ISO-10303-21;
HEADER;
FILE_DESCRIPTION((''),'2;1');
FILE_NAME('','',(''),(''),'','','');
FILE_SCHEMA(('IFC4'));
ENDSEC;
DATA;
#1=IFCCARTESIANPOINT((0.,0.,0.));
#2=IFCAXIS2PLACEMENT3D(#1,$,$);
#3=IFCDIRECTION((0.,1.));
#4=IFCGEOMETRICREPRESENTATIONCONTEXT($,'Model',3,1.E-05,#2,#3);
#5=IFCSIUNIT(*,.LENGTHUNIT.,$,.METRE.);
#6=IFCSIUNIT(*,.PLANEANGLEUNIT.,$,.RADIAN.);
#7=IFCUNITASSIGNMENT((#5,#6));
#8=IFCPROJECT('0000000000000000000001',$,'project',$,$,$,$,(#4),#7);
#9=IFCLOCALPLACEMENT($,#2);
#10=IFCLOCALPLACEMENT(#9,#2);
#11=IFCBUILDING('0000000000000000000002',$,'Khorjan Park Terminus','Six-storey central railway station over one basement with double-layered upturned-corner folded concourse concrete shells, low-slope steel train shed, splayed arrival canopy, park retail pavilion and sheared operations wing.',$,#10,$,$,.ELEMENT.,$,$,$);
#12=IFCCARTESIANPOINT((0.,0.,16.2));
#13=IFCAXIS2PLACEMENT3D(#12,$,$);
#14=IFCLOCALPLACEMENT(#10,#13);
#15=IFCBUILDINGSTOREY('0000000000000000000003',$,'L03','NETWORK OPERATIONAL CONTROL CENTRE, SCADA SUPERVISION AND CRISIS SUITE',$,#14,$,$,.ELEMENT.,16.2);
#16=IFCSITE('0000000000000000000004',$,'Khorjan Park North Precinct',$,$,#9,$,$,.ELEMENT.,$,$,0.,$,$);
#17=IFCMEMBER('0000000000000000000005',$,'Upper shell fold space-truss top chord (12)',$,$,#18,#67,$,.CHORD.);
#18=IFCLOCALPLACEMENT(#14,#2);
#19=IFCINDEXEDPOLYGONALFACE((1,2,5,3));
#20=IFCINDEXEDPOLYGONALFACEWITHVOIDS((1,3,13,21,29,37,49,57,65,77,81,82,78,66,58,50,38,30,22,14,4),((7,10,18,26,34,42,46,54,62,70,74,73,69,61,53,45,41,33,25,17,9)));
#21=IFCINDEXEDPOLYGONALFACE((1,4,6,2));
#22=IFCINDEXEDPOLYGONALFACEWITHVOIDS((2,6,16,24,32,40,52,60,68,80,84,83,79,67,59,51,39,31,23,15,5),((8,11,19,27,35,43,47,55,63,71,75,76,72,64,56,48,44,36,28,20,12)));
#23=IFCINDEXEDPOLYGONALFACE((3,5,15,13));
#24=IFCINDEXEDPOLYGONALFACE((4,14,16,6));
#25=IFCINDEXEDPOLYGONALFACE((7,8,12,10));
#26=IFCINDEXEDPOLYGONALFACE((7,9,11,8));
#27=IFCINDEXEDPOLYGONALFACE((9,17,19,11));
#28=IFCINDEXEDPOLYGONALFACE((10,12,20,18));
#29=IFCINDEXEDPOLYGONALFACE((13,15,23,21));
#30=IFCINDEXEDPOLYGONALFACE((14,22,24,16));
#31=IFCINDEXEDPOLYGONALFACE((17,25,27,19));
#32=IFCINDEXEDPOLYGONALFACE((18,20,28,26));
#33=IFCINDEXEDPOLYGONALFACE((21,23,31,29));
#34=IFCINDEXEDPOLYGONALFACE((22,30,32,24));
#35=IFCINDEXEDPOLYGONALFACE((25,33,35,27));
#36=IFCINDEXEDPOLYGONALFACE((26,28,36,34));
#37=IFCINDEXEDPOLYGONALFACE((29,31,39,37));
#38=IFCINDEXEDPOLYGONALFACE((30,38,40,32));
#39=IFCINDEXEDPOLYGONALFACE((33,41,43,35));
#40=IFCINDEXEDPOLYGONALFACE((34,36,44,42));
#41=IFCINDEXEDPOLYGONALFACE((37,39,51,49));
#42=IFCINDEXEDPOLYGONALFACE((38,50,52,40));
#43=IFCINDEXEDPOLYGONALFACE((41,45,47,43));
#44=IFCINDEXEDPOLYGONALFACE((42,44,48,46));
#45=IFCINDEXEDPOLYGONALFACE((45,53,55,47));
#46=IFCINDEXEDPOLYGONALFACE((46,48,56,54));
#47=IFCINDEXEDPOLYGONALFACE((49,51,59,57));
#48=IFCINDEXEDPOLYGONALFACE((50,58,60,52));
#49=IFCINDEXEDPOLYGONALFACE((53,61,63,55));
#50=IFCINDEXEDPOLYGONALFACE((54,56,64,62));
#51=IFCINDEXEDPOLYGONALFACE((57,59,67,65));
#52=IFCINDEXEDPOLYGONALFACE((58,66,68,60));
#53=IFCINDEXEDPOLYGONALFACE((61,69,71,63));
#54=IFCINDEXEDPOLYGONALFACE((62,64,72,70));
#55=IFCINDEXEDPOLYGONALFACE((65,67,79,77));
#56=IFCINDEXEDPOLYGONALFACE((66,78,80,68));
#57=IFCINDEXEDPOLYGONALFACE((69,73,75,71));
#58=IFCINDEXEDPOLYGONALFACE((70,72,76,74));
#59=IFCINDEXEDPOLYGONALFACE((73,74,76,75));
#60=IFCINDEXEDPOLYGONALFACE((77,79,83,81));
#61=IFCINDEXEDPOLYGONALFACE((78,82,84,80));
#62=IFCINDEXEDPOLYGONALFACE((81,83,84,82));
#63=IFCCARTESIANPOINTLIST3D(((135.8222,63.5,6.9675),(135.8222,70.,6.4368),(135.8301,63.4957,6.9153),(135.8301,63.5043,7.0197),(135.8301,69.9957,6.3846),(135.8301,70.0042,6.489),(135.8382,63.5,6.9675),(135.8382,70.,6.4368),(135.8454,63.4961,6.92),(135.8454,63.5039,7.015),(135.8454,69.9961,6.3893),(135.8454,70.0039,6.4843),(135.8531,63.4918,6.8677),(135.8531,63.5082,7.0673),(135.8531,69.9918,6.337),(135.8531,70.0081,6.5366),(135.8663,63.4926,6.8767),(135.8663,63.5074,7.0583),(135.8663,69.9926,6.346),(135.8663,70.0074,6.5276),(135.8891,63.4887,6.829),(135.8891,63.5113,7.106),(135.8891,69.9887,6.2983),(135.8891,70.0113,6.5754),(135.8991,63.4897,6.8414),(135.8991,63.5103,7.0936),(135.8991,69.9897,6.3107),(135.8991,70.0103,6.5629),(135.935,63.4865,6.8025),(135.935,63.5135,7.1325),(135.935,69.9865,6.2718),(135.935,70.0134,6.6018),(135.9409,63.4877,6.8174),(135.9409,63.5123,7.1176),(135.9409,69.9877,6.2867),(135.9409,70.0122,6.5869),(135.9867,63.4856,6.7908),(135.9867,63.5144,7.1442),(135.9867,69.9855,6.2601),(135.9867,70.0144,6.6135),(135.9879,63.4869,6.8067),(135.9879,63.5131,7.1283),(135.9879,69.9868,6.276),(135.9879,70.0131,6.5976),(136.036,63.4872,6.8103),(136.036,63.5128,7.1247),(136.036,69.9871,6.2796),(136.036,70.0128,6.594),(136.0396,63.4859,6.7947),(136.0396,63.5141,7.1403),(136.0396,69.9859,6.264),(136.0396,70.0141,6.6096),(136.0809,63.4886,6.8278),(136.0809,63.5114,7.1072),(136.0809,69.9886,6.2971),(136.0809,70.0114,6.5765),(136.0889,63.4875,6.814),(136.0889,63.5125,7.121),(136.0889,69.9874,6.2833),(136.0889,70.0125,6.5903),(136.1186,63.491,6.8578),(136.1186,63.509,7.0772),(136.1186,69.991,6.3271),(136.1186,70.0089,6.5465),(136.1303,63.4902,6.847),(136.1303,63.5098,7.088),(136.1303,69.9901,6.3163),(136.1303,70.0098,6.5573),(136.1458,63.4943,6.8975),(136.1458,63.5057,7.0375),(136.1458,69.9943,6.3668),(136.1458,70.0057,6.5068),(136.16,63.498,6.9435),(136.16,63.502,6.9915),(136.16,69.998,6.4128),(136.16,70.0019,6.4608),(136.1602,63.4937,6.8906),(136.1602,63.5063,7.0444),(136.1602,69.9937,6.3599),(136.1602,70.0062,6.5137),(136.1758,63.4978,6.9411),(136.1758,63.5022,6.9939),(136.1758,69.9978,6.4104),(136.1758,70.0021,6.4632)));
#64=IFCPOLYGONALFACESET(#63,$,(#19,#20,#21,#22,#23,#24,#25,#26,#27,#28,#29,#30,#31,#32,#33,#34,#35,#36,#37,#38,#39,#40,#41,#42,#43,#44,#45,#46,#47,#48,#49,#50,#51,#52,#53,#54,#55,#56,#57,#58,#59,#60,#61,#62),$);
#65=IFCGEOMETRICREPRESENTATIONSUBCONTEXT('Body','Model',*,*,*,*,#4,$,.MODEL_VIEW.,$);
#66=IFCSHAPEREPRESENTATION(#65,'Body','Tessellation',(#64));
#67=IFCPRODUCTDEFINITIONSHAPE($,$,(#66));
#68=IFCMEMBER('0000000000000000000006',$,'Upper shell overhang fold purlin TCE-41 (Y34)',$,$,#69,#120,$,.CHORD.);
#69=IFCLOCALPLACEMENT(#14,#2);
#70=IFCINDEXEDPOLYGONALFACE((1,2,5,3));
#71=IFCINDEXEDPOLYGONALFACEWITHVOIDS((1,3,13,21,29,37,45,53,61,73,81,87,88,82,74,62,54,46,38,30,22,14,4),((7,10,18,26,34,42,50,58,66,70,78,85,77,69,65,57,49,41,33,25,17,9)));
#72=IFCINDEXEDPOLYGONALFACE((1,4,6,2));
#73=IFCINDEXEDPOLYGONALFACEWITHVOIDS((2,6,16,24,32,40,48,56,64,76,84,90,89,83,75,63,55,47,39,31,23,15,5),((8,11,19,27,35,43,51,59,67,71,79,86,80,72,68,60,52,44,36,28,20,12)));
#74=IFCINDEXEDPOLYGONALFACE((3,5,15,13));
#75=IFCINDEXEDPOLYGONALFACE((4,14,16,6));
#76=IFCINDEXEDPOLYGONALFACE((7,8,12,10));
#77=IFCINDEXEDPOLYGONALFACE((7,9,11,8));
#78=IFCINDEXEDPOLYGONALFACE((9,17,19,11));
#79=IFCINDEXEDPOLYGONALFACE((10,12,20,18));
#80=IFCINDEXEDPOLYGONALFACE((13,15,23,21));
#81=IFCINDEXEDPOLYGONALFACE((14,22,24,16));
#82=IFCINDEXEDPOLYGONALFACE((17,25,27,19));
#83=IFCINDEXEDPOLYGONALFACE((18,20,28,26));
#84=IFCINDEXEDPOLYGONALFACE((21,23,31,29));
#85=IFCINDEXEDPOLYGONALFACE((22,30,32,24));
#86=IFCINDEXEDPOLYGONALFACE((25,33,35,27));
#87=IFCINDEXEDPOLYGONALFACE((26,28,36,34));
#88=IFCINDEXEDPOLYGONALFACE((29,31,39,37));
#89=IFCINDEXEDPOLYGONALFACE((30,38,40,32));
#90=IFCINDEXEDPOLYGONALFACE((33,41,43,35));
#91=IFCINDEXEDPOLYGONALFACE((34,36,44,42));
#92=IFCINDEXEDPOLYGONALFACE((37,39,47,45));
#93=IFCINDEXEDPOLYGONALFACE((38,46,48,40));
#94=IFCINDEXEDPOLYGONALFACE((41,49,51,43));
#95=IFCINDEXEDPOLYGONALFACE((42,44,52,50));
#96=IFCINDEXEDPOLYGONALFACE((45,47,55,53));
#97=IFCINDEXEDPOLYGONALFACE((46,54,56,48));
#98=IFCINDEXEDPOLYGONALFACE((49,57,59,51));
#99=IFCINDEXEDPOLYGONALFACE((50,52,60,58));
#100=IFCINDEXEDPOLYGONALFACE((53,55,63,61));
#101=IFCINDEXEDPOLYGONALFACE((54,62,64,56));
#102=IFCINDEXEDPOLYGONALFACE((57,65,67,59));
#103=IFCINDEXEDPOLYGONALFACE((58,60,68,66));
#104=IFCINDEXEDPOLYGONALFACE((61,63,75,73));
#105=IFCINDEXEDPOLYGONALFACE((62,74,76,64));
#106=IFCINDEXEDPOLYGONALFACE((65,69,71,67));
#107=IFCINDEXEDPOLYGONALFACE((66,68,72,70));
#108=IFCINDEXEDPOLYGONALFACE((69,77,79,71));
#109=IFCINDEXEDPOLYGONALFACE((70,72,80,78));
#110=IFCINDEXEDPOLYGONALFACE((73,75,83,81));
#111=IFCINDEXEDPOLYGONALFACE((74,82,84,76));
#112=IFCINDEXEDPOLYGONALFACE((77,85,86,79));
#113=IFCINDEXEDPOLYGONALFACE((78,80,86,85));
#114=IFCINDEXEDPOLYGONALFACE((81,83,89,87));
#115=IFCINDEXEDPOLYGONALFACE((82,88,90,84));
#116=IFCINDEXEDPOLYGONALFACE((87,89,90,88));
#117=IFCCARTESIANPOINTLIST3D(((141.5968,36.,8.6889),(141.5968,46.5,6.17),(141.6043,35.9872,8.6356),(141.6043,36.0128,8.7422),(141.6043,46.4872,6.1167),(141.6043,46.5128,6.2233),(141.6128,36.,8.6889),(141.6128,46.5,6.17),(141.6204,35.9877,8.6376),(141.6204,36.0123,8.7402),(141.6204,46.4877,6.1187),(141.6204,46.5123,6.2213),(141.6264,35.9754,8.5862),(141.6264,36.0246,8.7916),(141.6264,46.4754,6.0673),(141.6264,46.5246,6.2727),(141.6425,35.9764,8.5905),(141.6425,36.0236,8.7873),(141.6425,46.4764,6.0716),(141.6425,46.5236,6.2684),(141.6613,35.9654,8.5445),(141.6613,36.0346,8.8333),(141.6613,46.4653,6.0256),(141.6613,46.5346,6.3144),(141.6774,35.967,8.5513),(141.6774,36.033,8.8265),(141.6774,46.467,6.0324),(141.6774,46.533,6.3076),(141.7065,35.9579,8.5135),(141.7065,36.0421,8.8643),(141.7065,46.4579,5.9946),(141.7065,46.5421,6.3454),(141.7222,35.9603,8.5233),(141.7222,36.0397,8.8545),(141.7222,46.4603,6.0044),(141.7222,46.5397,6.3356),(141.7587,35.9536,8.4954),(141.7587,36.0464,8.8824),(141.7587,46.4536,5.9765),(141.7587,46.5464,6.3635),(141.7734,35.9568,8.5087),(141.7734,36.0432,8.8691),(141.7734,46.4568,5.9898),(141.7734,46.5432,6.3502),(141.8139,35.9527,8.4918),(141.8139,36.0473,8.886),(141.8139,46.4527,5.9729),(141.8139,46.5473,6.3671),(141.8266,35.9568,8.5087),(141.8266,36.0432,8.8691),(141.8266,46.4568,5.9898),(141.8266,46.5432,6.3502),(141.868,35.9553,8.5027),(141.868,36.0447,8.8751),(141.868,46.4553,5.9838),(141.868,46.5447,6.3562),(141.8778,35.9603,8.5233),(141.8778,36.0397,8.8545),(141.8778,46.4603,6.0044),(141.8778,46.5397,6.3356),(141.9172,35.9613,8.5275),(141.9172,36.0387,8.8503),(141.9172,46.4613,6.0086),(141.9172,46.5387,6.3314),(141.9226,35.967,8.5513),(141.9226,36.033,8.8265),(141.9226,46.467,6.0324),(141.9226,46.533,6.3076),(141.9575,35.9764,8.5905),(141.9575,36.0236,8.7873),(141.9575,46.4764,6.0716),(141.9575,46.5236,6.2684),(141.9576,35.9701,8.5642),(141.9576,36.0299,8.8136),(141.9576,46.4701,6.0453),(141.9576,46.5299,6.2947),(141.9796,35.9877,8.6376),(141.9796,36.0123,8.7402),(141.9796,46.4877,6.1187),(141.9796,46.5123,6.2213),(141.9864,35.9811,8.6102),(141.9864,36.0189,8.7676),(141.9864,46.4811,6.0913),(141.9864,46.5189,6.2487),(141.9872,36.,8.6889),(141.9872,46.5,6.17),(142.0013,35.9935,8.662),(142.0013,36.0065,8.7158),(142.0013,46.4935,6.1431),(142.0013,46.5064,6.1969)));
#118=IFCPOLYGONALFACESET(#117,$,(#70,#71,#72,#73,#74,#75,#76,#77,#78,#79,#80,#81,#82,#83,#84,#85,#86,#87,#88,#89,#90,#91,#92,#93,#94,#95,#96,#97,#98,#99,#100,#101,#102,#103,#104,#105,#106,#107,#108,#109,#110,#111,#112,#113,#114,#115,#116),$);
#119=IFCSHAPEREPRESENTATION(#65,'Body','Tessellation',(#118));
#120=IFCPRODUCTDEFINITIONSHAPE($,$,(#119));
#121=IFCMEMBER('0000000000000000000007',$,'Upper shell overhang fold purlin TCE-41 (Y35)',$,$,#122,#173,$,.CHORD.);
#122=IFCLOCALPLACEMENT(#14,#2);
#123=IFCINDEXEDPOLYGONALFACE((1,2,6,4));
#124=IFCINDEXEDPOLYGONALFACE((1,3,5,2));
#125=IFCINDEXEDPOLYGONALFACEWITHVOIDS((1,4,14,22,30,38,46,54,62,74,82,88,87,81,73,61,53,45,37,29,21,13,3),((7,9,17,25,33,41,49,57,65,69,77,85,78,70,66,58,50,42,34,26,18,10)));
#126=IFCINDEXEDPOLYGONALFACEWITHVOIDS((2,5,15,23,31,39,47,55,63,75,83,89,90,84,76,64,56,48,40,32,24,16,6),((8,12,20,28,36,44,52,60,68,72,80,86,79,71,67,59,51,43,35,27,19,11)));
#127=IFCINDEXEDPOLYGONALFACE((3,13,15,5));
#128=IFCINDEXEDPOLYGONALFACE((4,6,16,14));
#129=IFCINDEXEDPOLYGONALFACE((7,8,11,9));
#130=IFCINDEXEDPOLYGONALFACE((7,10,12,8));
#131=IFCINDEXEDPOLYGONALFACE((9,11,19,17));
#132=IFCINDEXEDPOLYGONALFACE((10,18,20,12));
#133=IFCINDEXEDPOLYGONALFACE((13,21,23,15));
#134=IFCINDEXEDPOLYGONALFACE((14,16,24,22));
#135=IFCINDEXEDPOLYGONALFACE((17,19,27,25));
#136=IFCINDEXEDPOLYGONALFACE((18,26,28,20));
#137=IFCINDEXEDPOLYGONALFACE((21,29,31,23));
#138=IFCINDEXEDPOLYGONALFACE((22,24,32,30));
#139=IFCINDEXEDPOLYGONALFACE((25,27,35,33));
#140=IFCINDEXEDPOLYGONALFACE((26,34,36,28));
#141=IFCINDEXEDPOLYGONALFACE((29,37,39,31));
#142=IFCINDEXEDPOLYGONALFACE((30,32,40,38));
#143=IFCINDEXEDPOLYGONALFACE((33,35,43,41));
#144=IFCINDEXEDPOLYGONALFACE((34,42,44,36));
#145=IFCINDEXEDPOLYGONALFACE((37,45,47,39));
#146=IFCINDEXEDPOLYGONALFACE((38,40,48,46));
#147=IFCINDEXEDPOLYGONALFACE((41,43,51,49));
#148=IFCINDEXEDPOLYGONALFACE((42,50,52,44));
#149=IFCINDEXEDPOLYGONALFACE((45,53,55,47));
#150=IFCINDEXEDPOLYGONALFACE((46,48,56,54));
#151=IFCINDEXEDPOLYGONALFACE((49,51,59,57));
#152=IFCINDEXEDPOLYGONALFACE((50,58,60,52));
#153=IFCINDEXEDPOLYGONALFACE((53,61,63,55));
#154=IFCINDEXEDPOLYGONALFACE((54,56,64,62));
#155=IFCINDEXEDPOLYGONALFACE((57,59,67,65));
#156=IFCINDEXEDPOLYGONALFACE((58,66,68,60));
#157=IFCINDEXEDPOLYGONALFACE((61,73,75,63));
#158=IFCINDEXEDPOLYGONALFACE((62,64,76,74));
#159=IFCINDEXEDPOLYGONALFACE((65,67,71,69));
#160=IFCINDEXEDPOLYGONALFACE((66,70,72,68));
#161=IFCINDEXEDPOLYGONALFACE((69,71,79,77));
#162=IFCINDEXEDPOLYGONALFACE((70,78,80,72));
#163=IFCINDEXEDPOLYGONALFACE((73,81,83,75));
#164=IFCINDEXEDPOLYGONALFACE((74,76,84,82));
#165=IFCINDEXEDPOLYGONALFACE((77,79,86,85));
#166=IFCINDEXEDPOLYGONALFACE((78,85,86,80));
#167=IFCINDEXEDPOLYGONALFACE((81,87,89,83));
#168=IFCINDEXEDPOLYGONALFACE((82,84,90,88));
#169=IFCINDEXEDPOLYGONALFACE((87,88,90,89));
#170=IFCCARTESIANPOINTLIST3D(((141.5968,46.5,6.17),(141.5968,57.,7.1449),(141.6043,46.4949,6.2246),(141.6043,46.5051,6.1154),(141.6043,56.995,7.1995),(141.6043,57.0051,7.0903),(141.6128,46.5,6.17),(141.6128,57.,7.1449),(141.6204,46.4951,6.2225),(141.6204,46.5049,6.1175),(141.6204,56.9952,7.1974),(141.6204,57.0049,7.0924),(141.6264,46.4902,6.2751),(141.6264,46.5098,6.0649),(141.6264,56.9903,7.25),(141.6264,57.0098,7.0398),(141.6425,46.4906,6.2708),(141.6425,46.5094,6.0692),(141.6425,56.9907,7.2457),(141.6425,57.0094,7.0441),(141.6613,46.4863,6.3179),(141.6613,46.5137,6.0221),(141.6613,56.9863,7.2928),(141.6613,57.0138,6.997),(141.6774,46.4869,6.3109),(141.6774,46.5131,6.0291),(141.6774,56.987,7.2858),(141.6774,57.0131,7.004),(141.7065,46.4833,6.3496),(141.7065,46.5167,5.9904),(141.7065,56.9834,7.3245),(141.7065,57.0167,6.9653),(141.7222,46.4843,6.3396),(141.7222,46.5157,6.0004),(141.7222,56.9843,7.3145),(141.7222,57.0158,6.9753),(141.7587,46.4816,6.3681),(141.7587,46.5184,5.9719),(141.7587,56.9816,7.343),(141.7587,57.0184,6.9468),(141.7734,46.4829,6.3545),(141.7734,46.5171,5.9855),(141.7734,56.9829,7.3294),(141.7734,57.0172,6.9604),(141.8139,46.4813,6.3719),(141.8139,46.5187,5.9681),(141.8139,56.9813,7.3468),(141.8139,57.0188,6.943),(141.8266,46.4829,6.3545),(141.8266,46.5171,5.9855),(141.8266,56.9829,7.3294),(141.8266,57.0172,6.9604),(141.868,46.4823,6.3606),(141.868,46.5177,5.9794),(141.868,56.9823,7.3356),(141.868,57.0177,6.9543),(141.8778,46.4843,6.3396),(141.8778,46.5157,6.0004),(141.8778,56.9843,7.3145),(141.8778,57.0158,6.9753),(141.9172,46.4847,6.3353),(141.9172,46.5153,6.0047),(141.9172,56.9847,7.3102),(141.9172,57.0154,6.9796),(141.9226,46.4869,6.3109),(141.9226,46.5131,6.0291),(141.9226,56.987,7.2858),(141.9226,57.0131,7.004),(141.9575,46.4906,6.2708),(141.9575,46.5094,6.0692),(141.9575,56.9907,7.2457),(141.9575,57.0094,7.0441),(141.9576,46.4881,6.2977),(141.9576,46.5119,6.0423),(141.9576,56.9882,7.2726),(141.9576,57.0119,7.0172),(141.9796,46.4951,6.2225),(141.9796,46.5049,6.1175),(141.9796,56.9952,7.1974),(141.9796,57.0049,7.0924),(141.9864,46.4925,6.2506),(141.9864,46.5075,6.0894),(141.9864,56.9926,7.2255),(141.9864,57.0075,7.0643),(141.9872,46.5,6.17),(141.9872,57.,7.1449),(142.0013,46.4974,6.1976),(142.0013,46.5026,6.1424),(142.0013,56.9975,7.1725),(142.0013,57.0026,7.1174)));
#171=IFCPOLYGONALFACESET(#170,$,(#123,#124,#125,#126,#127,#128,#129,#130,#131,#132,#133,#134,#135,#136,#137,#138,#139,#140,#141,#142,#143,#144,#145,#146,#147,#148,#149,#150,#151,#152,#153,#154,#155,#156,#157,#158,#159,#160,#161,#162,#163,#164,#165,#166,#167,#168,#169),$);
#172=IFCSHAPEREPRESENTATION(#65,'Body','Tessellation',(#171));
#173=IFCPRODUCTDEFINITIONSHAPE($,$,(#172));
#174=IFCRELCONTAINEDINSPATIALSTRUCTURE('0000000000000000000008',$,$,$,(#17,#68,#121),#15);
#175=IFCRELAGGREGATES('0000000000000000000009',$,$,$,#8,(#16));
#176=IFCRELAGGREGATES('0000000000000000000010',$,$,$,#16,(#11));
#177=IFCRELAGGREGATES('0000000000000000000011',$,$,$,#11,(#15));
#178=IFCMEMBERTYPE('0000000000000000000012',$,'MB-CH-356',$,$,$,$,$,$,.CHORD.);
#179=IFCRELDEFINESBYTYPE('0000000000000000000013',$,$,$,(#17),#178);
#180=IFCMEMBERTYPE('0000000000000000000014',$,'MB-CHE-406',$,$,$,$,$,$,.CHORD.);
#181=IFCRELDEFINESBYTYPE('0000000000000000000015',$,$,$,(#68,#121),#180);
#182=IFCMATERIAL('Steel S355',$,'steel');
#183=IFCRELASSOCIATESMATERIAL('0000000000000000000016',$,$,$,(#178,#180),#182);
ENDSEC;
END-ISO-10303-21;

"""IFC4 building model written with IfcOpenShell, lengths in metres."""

from ifc_helpers import new_model, si_unit, direction, frame, origin, origin_2d, place, context, subcontext, project, spatial, hollow_circle, extrude, material, material_profile, profile_set, type_object, element, save


model = new_model("IFC4")

# Units and contexts
model_context = context("Model", 3, precision=1e-05, world=origin(), true_north=direction((0.0, 1.0)))
body_context = subcontext(model_context, "Body", "Model", "MODEL_VIEW")
ifc_project = project(units=[si_unit("LENGTHUNIT", "METRE"), si_unit("PLANEANGLEUNIT", "RADIAN")], contexts=[model_context])

# Site, building, storey
site_placement = place(None, origin())
site = spatial("IfcSite", under=ifc_project, at=site_placement, Name="Khorjan Park North Precinct", CompositionType="ELEMENT", RefElevation=0.0)
building_placement = place(site_placement, origin())
building = spatial("IfcBuilding", under=site, at=building_placement, Name="Khorjan Park Terminus", Description="Six-storey central railway station over one basement with double-layered upturned-corner folded concourse concrete shells, low-slope steel train shed, splayed arrival canopy, park retail pavilion and sheared operations wing.", CompositionType="ELEMENT")
storey_placement = place(building_placement, frame((0.0, 0.0, 16.2)))
storey = spatial("IfcBuildingStorey", under=building, at=storey_placement, Name="L03", Description="NETWORK OPERATIONAL CONTROL CENTRE, SCADA SUPERVISION AND CRISIS SUITE", CompositionType="ELEMENT", Elevation=16.2)

# Shared definitions
ifc_material_1 = material(Name="Steel S355", Category="steel")

# Members
ifc_material_profile_1 = material_profile(ifc_material_1, hollow_circle(Radius=0.1778, WallThickness=0.016, at=origin_2d()), Name="CHS 355.6x16")
ifc_profile_set_1 = profile_set([ifc_material_profile_1], Name="Steel S355")
member_type_1 = type_object("IfcMemberType", Name="MB-CH-356", PredefinedType="CHORD", material=ifc_profile_set_1)
member_1_placement = place(storey_placement, frame((136.0, 63.5, 6.9675), z_axis=(0.0, 0.996684, -0.081375), x_axis=(-1.0, 0.0, 0.0)))
element("IfcMember", 1, at=member_1_placement, inside=storey, type_object=member_type_1, Name="Upper shell fold space-truss top chord (12)", PredefinedType="CHORD", context=body_context, shape_type="SweptSolid", body=[
    extrude(hollow_circle(Radius=0.1778, WallThickness=0.016, at=origin_2d()), origin(), (0.0, 0.0, 1.0), 6.5216),
])
ifc_material_profile_2 = material_profile(ifc_material_1, hollow_circle(Radius=0.2032, WallThickness=0.016, at=origin_2d()), Name="CHS 406.4x16")
ifc_profile_set_2 = profile_set([ifc_material_profile_2], Name="Steel S355")
member_type_2 = type_object("IfcMemberType", Name="MB-CHE-406", PredefinedType="CHORD", material=ifc_profile_set_2)
member_2_placement = place(storey_placement, frame((141.8, 36.0, 8.6889), z_axis=(0.0, 0.97241, -0.233277), x_axis=(-1.0, 0.0, 0.0)))
element("IfcMember", 2, at=member_2_placement, inside=storey, type_object=member_type_2, Name="Upper shell overhang fold purlin TCE-41 (Y34)", PredefinedType="CHORD", context=body_context, shape_type="SweptSolid", body=[
    extrude(hollow_circle(Radius=0.2032, WallThickness=0.016, at=origin_2d()), origin(), (0.0, 0.0, 1.0), 10.7979),
])
for number, where, z_axis, x_axis, name in (
    (3, (141.8, 46.5, 6.17), (0.0, 0.995717, 0.09245), (-1.0, 0.0, 0.0), "Upper shell overhang fold purlin TCE-41 (Y35)"),
):
    element("IfcMember", number, at=place(storey_placement, frame(where, z_axis=z_axis, x_axis=x_axis)), inside=storey, type_object=member_type_2, Name=name, PredefinedType="CHORD", context=body_context, shape_type="SweptSolid", body=[
        extrude(hollow_circle(Radius=0.2032, WallThickness=0.016, at=origin_2d()), origin(), (0.0, 0.0, 1.0), 10.5452),
    ])

save(model, "model.ifc")
